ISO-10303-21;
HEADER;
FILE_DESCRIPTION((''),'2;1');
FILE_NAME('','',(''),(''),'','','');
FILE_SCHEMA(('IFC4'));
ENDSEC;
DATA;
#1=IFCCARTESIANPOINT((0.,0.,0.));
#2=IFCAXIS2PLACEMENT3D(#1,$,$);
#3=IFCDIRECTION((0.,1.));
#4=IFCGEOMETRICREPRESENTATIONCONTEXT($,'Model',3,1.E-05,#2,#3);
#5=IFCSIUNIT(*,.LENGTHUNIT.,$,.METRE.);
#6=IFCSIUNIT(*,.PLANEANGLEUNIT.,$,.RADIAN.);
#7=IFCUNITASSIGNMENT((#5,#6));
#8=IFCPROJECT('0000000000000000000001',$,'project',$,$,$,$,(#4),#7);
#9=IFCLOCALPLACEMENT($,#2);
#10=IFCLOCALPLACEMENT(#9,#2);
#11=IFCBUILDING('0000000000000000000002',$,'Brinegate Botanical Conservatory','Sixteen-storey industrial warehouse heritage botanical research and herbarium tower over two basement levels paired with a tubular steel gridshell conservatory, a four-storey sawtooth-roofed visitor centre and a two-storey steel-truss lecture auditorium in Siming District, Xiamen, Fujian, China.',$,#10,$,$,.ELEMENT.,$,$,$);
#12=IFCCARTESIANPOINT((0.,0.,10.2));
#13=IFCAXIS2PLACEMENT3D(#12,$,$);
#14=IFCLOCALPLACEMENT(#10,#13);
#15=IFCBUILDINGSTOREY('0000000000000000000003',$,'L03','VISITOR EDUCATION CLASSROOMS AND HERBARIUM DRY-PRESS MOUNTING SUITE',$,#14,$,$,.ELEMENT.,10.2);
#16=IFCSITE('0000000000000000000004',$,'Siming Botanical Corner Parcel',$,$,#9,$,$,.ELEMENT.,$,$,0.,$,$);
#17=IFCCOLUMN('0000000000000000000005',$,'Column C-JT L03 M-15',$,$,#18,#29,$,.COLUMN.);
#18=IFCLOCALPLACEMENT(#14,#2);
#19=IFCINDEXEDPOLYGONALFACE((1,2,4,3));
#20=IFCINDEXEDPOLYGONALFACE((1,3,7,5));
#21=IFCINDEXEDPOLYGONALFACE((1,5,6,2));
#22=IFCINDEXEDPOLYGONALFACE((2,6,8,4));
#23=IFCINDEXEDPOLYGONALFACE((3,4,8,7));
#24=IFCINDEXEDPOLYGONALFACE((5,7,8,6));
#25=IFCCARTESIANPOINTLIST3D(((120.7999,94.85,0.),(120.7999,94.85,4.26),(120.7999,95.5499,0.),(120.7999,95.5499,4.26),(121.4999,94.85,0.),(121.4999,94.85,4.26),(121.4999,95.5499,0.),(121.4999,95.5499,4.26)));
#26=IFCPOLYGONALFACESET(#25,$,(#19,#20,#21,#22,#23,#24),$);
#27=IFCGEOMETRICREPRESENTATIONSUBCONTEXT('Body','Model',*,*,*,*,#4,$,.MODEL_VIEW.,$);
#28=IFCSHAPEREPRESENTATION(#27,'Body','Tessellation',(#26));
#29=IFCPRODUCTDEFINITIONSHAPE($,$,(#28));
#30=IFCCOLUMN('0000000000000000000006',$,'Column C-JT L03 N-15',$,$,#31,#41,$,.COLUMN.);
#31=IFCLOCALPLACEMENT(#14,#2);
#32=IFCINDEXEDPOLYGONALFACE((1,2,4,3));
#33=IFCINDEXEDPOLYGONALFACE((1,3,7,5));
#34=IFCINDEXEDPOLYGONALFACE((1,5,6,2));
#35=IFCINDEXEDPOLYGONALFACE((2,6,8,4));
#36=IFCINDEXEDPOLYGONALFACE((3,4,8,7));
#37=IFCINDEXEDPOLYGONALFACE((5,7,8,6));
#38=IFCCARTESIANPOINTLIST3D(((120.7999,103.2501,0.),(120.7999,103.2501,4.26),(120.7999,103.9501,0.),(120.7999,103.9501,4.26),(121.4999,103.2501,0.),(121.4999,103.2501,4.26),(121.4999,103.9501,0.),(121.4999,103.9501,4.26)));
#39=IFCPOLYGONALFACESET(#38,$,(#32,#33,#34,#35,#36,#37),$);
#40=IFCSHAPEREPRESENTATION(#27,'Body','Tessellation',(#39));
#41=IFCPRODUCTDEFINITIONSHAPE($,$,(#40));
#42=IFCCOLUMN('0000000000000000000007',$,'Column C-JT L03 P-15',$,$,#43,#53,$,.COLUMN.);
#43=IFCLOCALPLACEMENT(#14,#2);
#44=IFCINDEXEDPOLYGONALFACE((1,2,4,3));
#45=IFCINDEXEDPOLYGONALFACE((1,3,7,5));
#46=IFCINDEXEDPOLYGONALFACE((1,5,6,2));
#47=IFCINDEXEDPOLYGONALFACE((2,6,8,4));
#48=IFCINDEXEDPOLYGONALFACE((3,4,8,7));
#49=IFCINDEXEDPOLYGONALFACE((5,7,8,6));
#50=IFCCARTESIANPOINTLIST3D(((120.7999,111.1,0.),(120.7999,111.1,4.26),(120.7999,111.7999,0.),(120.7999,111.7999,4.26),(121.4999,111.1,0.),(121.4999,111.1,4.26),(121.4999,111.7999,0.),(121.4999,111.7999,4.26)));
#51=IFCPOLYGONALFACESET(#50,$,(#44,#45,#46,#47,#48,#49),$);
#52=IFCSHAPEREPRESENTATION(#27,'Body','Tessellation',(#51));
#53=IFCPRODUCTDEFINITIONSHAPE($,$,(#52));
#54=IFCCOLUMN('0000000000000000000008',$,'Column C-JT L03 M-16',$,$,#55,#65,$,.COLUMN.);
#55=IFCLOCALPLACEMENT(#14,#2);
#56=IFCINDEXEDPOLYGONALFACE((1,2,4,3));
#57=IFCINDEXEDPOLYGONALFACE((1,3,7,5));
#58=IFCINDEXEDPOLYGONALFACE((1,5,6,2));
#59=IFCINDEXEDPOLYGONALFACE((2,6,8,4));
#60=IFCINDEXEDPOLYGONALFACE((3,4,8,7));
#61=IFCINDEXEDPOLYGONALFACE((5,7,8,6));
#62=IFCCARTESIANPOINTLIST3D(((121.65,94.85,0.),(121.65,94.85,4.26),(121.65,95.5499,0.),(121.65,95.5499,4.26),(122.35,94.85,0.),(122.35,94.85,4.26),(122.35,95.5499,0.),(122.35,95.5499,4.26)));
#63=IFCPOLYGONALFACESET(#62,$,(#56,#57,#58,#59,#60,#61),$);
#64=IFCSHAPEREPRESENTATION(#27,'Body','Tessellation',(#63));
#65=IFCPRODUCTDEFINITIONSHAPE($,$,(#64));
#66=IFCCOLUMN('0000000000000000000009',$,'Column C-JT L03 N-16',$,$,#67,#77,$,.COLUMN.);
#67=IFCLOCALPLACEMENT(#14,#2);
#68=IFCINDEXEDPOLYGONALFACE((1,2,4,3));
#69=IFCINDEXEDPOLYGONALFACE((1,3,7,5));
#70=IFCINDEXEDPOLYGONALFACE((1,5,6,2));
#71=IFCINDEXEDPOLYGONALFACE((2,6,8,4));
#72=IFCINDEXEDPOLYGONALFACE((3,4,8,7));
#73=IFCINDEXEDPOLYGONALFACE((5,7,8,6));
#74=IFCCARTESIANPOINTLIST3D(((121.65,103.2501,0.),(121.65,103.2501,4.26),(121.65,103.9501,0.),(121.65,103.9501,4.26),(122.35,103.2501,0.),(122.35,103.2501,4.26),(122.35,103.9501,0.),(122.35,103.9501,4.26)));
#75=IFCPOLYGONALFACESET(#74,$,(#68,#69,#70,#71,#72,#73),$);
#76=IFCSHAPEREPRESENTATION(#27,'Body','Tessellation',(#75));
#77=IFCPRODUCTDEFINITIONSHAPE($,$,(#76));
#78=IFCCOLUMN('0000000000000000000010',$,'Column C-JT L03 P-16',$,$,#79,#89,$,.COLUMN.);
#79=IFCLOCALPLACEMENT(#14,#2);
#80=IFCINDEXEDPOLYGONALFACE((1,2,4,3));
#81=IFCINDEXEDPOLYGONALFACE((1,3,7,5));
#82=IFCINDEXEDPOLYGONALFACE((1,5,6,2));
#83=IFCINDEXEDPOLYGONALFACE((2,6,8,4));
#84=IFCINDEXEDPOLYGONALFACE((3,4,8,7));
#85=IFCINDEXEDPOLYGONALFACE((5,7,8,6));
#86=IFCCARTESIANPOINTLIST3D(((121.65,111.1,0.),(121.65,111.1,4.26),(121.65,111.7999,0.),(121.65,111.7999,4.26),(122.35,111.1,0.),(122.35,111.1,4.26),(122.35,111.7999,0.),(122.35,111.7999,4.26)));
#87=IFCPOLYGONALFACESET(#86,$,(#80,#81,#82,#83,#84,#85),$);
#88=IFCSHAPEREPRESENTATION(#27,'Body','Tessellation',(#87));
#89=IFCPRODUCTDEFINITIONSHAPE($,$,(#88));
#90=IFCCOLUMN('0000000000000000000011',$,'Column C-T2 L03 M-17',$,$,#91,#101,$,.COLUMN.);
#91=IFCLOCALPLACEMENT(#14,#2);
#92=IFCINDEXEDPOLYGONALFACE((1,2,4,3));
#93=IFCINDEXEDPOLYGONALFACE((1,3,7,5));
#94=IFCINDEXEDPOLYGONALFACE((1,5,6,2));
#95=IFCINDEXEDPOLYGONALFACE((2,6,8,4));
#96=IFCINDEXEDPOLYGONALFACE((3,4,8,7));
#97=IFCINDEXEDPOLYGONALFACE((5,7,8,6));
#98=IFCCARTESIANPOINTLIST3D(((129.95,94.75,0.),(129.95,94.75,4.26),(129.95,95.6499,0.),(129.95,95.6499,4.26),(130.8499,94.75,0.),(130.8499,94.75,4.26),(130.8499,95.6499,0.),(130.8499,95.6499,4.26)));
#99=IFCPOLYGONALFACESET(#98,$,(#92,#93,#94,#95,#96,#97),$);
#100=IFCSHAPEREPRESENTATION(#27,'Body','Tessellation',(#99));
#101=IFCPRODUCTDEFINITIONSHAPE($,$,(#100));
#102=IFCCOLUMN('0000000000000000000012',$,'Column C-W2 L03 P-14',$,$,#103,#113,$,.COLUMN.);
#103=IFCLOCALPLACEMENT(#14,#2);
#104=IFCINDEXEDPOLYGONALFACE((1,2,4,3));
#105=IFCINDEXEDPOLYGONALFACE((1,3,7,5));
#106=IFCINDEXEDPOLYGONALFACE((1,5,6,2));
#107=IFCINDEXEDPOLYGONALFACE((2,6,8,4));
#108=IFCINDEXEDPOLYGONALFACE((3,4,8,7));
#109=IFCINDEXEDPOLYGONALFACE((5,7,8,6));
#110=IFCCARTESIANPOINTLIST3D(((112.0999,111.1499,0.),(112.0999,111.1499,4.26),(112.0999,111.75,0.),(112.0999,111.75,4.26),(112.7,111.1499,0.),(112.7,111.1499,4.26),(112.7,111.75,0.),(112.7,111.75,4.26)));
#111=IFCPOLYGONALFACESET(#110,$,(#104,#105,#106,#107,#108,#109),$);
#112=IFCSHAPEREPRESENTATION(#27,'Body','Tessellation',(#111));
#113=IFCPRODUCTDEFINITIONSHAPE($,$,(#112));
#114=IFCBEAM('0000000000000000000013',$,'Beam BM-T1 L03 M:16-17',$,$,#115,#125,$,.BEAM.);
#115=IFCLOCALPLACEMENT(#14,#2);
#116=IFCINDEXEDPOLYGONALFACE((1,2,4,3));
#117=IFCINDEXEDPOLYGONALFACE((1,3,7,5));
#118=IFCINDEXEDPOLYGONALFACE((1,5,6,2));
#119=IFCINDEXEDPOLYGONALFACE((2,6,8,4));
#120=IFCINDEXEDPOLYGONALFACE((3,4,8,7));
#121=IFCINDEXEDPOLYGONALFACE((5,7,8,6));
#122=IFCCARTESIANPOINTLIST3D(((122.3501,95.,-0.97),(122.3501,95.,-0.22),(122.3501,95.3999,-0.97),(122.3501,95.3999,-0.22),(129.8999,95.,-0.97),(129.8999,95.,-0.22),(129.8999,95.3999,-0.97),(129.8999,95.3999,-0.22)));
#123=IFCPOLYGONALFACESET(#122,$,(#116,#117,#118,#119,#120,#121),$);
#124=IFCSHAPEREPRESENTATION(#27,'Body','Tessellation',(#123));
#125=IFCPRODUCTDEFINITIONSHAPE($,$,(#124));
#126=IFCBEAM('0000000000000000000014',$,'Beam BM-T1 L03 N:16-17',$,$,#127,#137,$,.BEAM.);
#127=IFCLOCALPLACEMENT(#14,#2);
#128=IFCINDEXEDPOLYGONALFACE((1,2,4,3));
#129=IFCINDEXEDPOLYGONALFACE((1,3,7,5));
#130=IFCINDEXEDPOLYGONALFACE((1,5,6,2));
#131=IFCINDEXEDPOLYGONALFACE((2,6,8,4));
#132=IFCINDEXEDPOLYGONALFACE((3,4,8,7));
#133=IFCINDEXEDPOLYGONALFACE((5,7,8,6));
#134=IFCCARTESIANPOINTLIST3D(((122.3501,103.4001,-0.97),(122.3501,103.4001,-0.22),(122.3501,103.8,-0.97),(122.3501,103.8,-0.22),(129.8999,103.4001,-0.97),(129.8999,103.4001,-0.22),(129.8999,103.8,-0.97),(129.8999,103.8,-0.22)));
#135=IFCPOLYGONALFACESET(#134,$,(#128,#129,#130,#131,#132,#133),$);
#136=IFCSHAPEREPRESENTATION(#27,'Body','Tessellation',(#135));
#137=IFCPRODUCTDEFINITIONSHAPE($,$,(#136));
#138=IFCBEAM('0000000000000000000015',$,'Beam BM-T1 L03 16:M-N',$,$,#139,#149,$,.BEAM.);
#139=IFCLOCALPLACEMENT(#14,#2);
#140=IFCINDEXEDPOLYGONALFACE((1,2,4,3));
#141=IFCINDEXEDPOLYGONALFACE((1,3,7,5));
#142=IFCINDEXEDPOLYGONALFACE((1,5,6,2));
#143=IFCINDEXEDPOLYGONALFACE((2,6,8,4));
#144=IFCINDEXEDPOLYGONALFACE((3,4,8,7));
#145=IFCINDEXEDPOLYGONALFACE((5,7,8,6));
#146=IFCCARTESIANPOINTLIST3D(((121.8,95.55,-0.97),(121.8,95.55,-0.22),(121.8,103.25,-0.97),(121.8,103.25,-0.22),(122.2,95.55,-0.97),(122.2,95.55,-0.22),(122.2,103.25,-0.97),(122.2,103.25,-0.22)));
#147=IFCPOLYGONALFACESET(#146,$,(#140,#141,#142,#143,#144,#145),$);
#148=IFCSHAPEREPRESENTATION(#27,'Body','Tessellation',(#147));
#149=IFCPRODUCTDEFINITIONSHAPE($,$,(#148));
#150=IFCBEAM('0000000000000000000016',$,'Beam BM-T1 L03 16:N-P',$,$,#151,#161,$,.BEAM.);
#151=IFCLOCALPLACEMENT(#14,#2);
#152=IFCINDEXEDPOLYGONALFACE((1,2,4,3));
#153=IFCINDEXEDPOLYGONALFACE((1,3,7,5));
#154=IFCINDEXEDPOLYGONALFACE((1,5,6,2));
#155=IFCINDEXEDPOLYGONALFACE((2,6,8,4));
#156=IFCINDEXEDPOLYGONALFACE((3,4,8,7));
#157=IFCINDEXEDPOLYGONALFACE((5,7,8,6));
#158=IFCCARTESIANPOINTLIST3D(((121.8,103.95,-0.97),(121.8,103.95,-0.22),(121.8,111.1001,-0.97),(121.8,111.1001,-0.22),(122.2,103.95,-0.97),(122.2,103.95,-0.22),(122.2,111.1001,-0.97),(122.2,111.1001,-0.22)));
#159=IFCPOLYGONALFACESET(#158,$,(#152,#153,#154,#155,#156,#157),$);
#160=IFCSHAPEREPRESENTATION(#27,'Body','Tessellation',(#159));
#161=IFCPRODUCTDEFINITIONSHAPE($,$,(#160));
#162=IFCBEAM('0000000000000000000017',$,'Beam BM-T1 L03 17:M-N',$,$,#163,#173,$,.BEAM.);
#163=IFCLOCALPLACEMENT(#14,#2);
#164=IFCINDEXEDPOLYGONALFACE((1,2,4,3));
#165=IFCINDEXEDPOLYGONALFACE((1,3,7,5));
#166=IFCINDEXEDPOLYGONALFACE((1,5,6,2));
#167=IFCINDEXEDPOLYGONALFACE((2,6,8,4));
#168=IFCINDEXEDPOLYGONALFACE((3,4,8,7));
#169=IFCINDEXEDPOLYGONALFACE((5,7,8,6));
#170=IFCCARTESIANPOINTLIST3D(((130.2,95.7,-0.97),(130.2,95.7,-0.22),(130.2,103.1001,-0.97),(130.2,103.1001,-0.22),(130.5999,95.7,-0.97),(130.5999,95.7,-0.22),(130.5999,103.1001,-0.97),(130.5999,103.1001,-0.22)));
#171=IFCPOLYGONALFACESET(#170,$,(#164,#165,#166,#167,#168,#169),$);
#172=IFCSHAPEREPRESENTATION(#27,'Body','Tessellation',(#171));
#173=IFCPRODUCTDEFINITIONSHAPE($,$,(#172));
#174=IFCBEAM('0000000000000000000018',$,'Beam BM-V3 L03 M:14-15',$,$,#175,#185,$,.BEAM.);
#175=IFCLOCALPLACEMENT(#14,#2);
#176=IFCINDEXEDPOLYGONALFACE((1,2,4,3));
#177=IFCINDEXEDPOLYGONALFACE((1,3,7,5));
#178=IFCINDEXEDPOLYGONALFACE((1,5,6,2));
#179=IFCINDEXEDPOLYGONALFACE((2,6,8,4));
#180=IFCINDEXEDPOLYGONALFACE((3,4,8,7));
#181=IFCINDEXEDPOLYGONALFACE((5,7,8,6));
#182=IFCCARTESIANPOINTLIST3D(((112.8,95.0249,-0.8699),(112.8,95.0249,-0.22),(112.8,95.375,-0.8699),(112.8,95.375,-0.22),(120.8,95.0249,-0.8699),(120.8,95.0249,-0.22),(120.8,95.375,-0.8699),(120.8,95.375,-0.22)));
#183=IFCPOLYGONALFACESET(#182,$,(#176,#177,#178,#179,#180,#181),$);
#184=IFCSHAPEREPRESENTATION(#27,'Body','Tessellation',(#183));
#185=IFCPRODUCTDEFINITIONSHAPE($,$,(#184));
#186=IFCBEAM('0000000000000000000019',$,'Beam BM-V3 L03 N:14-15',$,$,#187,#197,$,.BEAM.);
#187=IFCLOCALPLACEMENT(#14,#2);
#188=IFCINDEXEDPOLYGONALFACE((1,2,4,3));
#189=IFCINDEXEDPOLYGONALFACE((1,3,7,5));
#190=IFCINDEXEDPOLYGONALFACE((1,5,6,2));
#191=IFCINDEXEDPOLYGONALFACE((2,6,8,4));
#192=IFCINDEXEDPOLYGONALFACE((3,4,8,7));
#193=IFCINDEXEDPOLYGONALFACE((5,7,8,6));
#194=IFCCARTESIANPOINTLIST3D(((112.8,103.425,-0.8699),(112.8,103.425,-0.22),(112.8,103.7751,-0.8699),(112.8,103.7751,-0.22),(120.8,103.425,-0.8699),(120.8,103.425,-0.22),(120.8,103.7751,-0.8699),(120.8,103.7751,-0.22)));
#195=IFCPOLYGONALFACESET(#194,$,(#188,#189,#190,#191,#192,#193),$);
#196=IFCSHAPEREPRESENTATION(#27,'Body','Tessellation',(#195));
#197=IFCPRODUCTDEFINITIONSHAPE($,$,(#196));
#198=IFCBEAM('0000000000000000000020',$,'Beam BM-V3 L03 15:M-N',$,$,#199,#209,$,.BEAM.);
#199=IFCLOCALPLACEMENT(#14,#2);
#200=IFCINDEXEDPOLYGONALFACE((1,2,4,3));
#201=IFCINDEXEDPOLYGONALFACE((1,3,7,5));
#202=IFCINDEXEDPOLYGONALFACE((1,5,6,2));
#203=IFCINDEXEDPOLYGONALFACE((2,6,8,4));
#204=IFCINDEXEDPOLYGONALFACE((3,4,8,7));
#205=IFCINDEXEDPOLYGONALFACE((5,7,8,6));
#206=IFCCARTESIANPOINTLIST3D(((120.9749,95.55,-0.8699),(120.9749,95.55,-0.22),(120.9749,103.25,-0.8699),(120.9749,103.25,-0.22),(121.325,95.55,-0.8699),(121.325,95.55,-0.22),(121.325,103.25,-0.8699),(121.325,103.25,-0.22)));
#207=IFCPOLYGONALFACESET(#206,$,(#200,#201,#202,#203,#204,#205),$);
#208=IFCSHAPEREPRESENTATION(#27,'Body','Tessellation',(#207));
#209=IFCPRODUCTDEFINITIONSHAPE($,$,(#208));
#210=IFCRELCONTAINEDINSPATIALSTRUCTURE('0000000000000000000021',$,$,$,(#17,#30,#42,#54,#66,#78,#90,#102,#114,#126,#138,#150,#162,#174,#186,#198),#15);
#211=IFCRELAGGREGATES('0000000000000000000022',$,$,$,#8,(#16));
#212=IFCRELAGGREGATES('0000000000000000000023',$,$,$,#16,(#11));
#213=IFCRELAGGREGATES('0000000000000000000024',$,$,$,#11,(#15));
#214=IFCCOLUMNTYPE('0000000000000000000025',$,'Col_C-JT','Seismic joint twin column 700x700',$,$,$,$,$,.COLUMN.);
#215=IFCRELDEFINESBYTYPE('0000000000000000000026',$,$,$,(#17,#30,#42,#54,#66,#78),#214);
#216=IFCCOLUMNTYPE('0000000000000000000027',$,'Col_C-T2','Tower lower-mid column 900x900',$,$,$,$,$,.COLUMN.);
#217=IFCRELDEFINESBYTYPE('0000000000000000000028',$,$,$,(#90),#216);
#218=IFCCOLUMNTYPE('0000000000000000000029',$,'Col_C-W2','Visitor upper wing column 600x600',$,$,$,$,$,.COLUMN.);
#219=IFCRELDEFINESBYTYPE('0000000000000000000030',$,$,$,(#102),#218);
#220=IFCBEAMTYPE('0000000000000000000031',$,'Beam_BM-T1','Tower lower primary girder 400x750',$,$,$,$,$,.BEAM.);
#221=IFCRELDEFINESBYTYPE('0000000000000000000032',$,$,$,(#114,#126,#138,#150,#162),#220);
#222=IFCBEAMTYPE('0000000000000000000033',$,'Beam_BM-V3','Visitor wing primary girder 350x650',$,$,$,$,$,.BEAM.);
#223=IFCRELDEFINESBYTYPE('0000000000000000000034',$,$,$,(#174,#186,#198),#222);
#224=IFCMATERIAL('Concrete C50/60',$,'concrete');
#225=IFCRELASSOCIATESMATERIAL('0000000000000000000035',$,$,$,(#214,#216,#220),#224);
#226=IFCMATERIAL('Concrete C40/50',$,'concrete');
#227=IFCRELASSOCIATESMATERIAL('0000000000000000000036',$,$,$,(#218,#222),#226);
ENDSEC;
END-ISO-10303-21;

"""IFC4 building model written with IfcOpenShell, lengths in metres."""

from ifc_helpers import new_model, si_unit, direction, frame, origin, origin_2d, place, context, subcontext, project, spatial, rectangle, extrude, material, material_profile, profile_set, type_object, element, save


model = new_model("IFC4")

# Units and contexts
model_context = context("Model", 3, precision=1e-05, world=origin(), true_north=direction((0.0, 1.0)))
body_context = subcontext(model_context, "Body", "Model", "MODEL_VIEW")
ifc_project = project(units=[si_unit("LENGTHUNIT", "METRE"), si_unit("PLANEANGLEUNIT", "RADIAN")], contexts=[model_context])

# Site, building, storey
site_placement = place(None, origin())
site = spatial("IfcSite", under=ifc_project, at=site_placement, Name="Siming Botanical Corner Parcel", CompositionType="ELEMENT", RefElevation=0.0)
building_placement = place(site_placement, origin())
building = spatial("IfcBuilding", under=site, at=building_placement, Name="Brinegate Botanical Conservatory", Description="Sixteen-storey industrial warehouse heritage botanical research and herbarium tower over two basement levels paired with a tubular steel gridshell conservatory, a four-storey sawtooth-roofed visitor centre and a two-storey steel-truss lecture auditorium in Siming District, Xiamen, Fujian, China.", CompositionType="ELEMENT")
storey_placement = place(building_placement, frame((0.0, 0.0, 10.2)))
storey = spatial("IfcBuildingStorey", under=building, at=storey_placement, Name="L03", Description="VISITOR EDUCATION CLASSROOMS AND HERBARIUM DRY-PRESS MOUNTING SUITE", CompositionType="ELEMENT", Elevation=10.2)

# Columns
ifc_material_1 = material(Name="Concrete C50/60", Category="concrete")
ifc_material_profile_1 = material_profile(ifc_material_1, rectangle(XDim=0.7, YDim=0.7, at=origin_2d()), Name="RC COL 700x700")
ifc_profile_set_1 = profile_set([ifc_material_profile_1], Name="Concrete C50/60")
column_type_1 = type_object("IfcColumnType", Name="Col_C-JT", Description="Seismic joint twin column 700x700", PredefinedType="COLUMN", material=ifc_profile_set_1)
for number, where, z_axis, x_axis, name in (
    (1, (121.1499, 95.2, 0.0), (0.0, 0.0, 1.0), (1.0, 0.0, 0.0), "Column C-JT L03 M-15"),
    (2, (121.1499, 103.6001, 0.0), (0.0, 0.0, 1.0), (1.0, 0.0, 0.0), "Column C-JT L03 N-15"),
    (3, (121.1499, 111.45, 0.0), (0.0, 0.0, 1.0), (1.0, 0.0, 0.0), "Column C-JT L03 P-15"),
    (4, (122.0, 95.2, 0.0), (0.0, 0.0, 1.0), (1.0, 0.0, 0.0), "Column C-JT L03 M-16"),
    (5, (122.0, 103.6001, 0.0), (0.0, 0.0, 1.0), (1.0, 0.0, 0.0), "Column C-JT L03 N-16"),
    (6, (122.0, 111.45, 0.0), (0.0, 0.0, 1.0), (1.0, 0.0, 0.0), "Column C-JT L03 P-16"),
):
    element("IfcColumn", number, at=place(storey_placement, frame(where, z_axis=z_axis, x_axis=x_axis)), inside=storey, type_object=column_type_1, Name=name, PredefinedType="COLUMN", context=body_context, shape_type="SweptSolid", body=[
        extrude(rectangle(XDim=0.7, YDim=0.7, at=origin_2d()), origin(), (0.0, 0.0, 1.0), 4.26),
    ])
ifc_material_profile_2 = material_profile(ifc_material_1, rectangle(XDim=0.8999, YDim=0.8999, at=origin_2d()), Name="RC COL 900x900")
ifc_profile_set_2 = profile_set([ifc_material_profile_2], Name="Concrete C50/60")
column_type_2 = type_object("IfcColumnType", Name="Col_C-T2", Description="Tower lower-mid column 900x900", PredefinedType="COLUMN", material=ifc_profile_set_2)
column_1_placement = place(storey_placement, frame((130.3999, 95.2, 0.0), z_axis=(0.0, 0.0, 1.0), x_axis=(1.0, 0.0, 0.0)))
element("IfcColumn", 7, at=column_1_placement, inside=storey, type_object=column_type_2, Name="Column C-T2 L03 M-17", PredefinedType="COLUMN", context=body_context, shape_type="SweptSolid", body=[
    extrude(rectangle(XDim=0.8999, YDim=0.8999, at=origin_2d()), origin(), (0.0, 0.0, 1.0), 4.26),
])
ifc_material_2 = material(Name="Concrete C40/50", Category="concrete")
ifc_material_profile_3 = material_profile(ifc_material_2, rectangle(XDim=0.6001, YDim=0.6001, at=origin_2d()), Name="RC COL 600x600")
ifc_profile_set_3 = profile_set([ifc_material_profile_3], Name="Concrete C40/50")
column_type_3 = type_object("IfcColumnType", Name="Col_C-W2", Description="Visitor upper wing column 600x600", PredefinedType="COLUMN", material=ifc_profile_set_3)
column_2_placement = place(storey_placement, frame((112.3999, 111.45, 0.0), z_axis=(0.0, 0.0, 1.0), x_axis=(1.0, 0.0, 0.0)))
element("IfcColumn", 8, at=column_2_placement, inside=storey, type_object=column_type_3, Name="Column C-W2 L03 P-14", PredefinedType="COLUMN", context=body_context, shape_type="SweptSolid", body=[
    extrude(rectangle(XDim=0.6001, YDim=0.6001, at=origin_2d()), origin(), (0.0, 0.0, 1.0), 4.26),
])

# Beams
ifc_material_profile_4 = material_profile(ifc_material_1, rectangle(XDim=0.3999, YDim=0.75, at=origin_2d()), Name="RC BM 400x750")
ifc_profile_set_4 = profile_set([ifc_material_profile_4], Name="Concrete C50/60")
beam_type_1 = type_object("IfcBeamType", Name="Beam_BM-T1", Description="Tower lower primary girder 400x750", PredefinedType="BEAM", material=ifc_profile_set_4)
for number, where, z_axis, x_axis, name in (
    (9, (122.3501, 95.2, -0.595), (1.0, 0.0, 0.0), (0.0, 1.0, 0.0), "Beam BM-T1 L03 M:16-17"),
    (10, (122.3501, 103.6001, -0.595), (1.0, 0.0, 0.0), (0.0, 1.0, 0.0), "Beam BM-T1 L03 N:16-17"),
):
    element("IfcBeam", number, at=place(storey_placement, frame(where, z_axis=z_axis, x_axis=x_axis)), inside=storey, type_object=beam_type_1, Name=name, PredefinedType="BEAM", context=body_context, shape_type="SweptSolid", body=[
        extrude(rectangle(XDim=0.3999, YDim=0.75, at=origin_2d()), origin(), (0.0, 0.0, 1.0), 7.5498),
    ])
beam_1_placement = place(storey_placement, frame((122.0, 95.55, -0.595), z_axis=(0.0, 1.0, 0.0), x_axis=(-1.0, 0.0, 0.0)))
element("IfcBeam", 11, at=beam_1_placement, inside=storey, type_object=beam_type_1, Name="Beam BM-T1 L03 16:M-N", PredefinedType="BEAM", context=body_context, shape_type="SweptSolid", body=[
    extrude(rectangle(XDim=0.3999, YDim=0.75, at=origin_2d()), origin(), (0.0, 0.0, 1.0), 7.7),
])
beam_2_placement = place(storey_placement, frame((122.0, 103.95, -0.595), z_axis=(0.0, 1.0, 0.0), x_axis=(-1.0, 0.0, 0.0)))
element("IfcBeam", 12, at=beam_2_placement, inside=storey, type_object=beam_type_1, Name="Beam BM-T1 L03 16:N-P", PredefinedType="BEAM", context=body_context, shape_type="SweptSolid", body=[
    extrude(rectangle(XDim=0.3999, YDim=0.75, at=origin_2d()), origin(), (0.0, 0.0, 1.0), 7.1501),
])
beam_3_placement = place(storey_placement, frame((130.3999, 95.7, -0.595), z_axis=(0.0, 1.0, 0.0), x_axis=(-1.0, 0.0, 0.0)))
element("IfcBeam", 13, at=beam_3_placement, inside=storey, type_object=beam_type_1, Name="Beam BM-T1 L03 17:M-N", PredefinedType="BEAM", context=body_context, shape_type="SweptSolid", body=[
    extrude(rectangle(XDim=0.3999, YDim=0.75, at=origin_2d()), origin(), (0.0, 0.0, 1.0), 7.4001),
])
ifc_material_profile_5 = material_profile(ifc_material_2, rectangle(XDim=0.3501, YDim=0.6499, at=origin_2d()), Name="RC BM 350x650")
ifc_profile_set_5 = profile_set([ifc_material_profile_5], Name="Concrete C40/50")
beam_type_2 = type_object("IfcBeamType", Name="Beam_BM-V3", Description="Visitor wing primary girder 350x650", PredefinedType="BEAM", material=ifc_profile_set_5)
for number, where, z_axis, x_axis, name in (
    (14, (112.8, 95.2, -0.5449), (1.0, 0.0, 0.0), (0.0, 1.0, 0.0), "Beam BM-V3 L03 M:14-15"),
    (15, (112.8, 103.6001, -0.5449), (1.0, 0.0, 0.0), (0.0, 1.0, 0.0), "Beam BM-V3 L03 N:14-15"),
):
    element("IfcBeam", number, at=place(storey_placement, frame(where, z_axis=z_axis, x_axis=x_axis)), inside=storey, type_object=beam_type_2, Name=name, PredefinedType="BEAM", context=body_context, shape_type="SweptSolid", body=[
        extrude(rectangle(XDim=0.3501, YDim=0.6499, at=origin_2d()), origin(), (0.0, 0.0, 1.0), 8.0),
    ])
beam_4_placement = place(storey_placement, frame((121.1499, 95.55, -0.5449), z_axis=(0.0, 1.0, 0.0), x_axis=(-1.0, 0.0, 0.0)))
element("IfcBeam", 16, at=beam_4_placement, inside=storey, type_object=beam_type_2, Name="Beam BM-V3 L03 15:M-N", PredefinedType="BEAM", context=body_context, shape_type="SweptSolid", body=[
    extrude(rectangle(XDim=0.3501, YDim=0.6499, at=origin_2d()), origin(), (0.0, 0.0, 1.0), 7.7),
])

save(model, "model.ifc")
